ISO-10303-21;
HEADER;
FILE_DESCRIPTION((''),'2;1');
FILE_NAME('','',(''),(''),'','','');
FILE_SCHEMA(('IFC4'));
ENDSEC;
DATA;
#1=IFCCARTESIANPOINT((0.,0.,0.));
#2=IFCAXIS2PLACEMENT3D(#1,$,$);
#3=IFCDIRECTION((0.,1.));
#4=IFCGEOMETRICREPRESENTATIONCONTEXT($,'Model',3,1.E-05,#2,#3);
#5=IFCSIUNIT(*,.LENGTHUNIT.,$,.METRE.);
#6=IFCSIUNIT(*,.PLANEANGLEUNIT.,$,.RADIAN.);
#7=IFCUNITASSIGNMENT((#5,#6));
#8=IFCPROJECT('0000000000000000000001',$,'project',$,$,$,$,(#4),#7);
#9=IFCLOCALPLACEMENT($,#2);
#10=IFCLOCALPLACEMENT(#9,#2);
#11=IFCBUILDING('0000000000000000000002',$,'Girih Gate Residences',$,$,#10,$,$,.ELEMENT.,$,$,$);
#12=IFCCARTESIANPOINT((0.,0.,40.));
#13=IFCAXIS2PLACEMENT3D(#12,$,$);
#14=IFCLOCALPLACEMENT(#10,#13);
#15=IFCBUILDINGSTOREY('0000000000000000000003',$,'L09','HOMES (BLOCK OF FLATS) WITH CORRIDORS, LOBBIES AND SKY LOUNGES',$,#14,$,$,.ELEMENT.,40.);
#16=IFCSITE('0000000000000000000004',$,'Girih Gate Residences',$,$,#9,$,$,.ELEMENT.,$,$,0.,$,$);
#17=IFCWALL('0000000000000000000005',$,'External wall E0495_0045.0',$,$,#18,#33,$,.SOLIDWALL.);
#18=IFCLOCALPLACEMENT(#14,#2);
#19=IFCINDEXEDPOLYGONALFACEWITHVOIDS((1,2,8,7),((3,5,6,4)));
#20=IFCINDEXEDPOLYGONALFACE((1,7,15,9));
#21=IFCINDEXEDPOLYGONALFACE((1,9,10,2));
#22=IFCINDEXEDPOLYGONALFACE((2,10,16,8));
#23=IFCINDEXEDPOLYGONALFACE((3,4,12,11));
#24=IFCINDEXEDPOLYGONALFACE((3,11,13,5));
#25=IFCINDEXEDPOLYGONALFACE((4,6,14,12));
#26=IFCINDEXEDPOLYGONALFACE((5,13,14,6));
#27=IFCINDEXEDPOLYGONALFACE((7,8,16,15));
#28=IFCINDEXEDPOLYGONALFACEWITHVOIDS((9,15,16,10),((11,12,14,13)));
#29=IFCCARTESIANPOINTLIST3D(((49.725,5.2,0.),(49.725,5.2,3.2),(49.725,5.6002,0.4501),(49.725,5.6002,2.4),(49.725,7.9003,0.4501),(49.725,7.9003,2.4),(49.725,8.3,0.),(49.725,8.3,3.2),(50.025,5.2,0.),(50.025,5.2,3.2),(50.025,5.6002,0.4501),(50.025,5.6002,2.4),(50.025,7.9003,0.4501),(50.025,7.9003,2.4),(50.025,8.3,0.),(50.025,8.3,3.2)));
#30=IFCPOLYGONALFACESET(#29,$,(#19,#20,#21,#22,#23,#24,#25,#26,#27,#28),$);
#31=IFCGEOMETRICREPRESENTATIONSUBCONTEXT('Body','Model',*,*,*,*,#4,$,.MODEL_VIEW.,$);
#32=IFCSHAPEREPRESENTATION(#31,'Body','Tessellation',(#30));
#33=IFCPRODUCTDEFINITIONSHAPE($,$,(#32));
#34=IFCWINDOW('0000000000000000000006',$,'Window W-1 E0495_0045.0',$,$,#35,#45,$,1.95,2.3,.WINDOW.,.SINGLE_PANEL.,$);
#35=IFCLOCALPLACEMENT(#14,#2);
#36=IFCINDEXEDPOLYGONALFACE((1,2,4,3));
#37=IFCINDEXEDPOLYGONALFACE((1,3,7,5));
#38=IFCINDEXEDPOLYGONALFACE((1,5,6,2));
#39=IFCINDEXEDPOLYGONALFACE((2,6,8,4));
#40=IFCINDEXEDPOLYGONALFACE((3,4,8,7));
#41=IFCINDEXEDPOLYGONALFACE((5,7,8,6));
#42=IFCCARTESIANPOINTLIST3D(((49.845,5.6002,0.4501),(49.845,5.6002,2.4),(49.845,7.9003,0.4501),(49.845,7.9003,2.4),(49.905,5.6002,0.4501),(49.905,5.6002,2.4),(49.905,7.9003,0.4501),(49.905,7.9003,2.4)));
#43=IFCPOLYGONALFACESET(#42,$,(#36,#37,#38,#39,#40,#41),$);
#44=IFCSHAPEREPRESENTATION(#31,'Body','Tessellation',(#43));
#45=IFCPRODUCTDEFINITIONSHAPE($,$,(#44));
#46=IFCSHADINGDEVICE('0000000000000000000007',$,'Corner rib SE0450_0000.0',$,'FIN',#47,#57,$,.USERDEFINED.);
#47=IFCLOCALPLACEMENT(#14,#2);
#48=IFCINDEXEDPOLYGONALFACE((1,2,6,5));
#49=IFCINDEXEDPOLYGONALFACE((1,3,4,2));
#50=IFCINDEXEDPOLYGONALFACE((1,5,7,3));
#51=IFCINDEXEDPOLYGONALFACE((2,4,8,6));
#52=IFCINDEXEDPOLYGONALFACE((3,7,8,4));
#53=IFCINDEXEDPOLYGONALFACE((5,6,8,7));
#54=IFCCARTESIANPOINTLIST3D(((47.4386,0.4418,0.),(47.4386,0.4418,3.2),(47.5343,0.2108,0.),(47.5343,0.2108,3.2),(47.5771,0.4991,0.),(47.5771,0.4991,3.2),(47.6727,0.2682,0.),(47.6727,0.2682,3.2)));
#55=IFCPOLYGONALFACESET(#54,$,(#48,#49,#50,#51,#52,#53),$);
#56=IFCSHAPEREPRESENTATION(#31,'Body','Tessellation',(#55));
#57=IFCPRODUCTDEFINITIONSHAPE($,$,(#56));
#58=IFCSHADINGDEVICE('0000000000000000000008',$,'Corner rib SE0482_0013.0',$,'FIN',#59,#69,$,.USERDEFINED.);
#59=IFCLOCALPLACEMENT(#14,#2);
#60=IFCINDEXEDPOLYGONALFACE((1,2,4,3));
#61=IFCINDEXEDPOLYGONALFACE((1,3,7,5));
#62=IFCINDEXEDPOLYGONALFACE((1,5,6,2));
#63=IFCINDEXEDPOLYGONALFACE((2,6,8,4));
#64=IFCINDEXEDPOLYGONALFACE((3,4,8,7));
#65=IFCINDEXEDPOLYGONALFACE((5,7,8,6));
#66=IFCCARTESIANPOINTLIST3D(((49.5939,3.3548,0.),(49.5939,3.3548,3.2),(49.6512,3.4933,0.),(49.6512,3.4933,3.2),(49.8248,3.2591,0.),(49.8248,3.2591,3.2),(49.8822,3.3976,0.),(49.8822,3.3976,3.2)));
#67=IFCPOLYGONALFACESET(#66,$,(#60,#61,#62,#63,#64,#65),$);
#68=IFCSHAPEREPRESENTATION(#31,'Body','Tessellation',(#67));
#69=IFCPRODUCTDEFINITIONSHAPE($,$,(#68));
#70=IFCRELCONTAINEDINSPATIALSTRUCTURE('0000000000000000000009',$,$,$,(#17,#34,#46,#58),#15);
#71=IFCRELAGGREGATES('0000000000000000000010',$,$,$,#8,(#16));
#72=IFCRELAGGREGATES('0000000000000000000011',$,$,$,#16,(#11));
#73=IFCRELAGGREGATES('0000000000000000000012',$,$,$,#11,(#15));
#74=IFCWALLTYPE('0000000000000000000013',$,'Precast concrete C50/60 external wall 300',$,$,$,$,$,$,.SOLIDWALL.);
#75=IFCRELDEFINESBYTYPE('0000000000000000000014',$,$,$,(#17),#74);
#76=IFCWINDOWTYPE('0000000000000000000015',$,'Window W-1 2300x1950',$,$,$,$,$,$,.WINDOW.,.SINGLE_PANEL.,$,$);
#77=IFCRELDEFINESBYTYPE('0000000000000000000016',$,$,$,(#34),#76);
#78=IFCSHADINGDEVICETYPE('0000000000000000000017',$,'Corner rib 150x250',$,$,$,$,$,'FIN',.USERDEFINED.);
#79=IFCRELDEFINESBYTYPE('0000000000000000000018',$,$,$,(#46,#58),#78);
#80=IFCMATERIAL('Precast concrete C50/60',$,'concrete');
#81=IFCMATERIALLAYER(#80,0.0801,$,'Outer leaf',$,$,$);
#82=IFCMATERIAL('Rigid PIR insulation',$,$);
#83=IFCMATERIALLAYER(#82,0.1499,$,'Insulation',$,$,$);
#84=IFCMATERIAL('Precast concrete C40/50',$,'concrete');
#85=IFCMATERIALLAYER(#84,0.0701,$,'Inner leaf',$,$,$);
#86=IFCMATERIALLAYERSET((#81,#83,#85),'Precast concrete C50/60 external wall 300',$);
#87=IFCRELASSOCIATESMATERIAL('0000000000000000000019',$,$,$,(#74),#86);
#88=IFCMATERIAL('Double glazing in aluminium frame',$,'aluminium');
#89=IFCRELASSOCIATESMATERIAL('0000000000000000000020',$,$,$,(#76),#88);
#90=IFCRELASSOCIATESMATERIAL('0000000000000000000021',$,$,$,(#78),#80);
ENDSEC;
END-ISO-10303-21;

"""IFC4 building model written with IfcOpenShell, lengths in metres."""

from ifc_helpers import new_model, si_unit, direction, frame, frame_2d, origin, origin_2d, place, context, subcontext, project, spatial, rectangle, extrude, material, layer, layer_set, type_object, element, fill, save


model = new_model("IFC4")

# Units and contexts
model_context = context("Model", 3, precision=1e-05, world=origin(), true_north=direction((0.0, 1.0)))
body_context = subcontext(model_context, "Body", "Model", "MODEL_VIEW")
ifc_project = project(units=[si_unit("LENGTHUNIT", "METRE"), si_unit("PLANEANGLEUNIT", "RADIAN")], contexts=[model_context])

# Site, building, storey
site_placement = place(None, origin())
site = spatial("IfcSite", under=ifc_project, at=site_placement, Name="Girih Gate Residences", CompositionType="ELEMENT", RefElevation=0.0)
building_placement = place(site_placement, origin())
building = spatial("IfcBuilding", under=site, at=building_placement, Name="Girih Gate Residences", CompositionType="ELEMENT")
storey_placement = place(building_placement, frame((0.0, 0.0, 40.0)))
storey = spatial("IfcBuildingStorey", under=building, at=storey_placement, Name="L09", Description="HOMES (BLOCK OF FLATS) WITH CORRIDORS, LOBBIES AND SKY LOUNGES", CompositionType="ELEMENT", Elevation=40.0)

# Wall, opening, window
ifc_material_1 = material(Name="Precast concrete C50/60", Category="concrete")
ifc_layer_1 = layer(ifc_material_1, 0.0801, Name="Outer leaf")
ifc_material_2 = material(Name="Rigid PIR insulation")
ifc_layer_2 = layer(ifc_material_2, 0.1499, Name="Insulation")
ifc_material_3 = material(Name="Precast concrete C40/50", Category="concrete")
ifc_layer_3 = layer(ifc_material_3, 0.0701, Name="Inner leaf")
ifc_layer_set_1 = layer_set([ifc_layer_1, ifc_layer_2, ifc_layer_3], Name="Precast concrete C50/60 external wall 300")
wall_type_1 = type_object("IfcWallType", Name="Precast concrete C50/60 external wall 300", PredefinedType="SOLIDWALL", material=ifc_layer_set_1)
ifc_material_4 = material(Name="Double glazing in aluminium frame", Category="aluminium")
wall_1_placement = place(storey_placement, frame((49.875, 8.3, 0.0), z_axis=(0.0, 0.0, 1.0), x_axis=(0.0, -1.0, 0.0)))
wall_1 = element("IfcWall", 1, at=wall_1_placement, inside=storey, type_object=wall_type_1, Name="External wall E0495_0045.0", PredefinedType="SOLIDWALL", context=body_context, shape_type="SweptSolid", body=[
    extrude(rectangle(XDim=3.1001, YDim=0.3, at=frame_2d((1.55, 0.0))), origin(), (0.0, 0.0, 1.0), 3.2),
])
opening_1_placement = place(wall_1_placement, frame((0.3999, 0.0, 0.45)))
opening_1 = element("IfcOpeningElement", 2, at=opening_1_placement, cuts=wall_1, PredefinedType="OPENING", context=body_context, shape_type="SweptSolid", body=[
    extrude(rectangle(XDim=2.3, YDim=1.95, at=frame_2d((1.1499, 0.9751))), frame((0.0, 0.1599, 0.0), z_axis=(0.0, -1.0, 0.0), x_axis=(1.0, 0.0, 0.0)), (0.0, 0.0, 1.0), 0.3201),
])
window_type_1 = type_object("IfcWindowType", Name="Window W-1 2300x1950", PartitioningType="SINGLE_PANEL", PredefinedType="WINDOW", material=ifc_material_4)
window_1_placement = place(opening_1_placement, origin())
window_1 = element("IfcWindow", 3, at=window_1_placement, inside=storey, type_object=window_type_1, Name="Window W-1 E0495_0045.0", OverallHeight=1.95, OverallWidth=2.3, PartitioningType="SINGLE_PANEL", PredefinedType="WINDOW", context=body_context, shape_type="SweptSolid", body=[
    extrude(rectangle(XDim=2.3, YDim=1.95, at=frame_2d((1.1499, 0.9751))), frame((0.0, 0.03, 0.0), z_axis=(0.0, -1.0, 0.0), x_axis=(1.0, 0.0, 0.0)), (0.0, 0.0, 1.0), 0.0601),
])
fill(opening_1, window_1)

# Shading devices
shading_device_type = type_object("IfcShadingDeviceType", Name="Corner rib 150x250", ElementType="FIN", PredefinedType="USERDEFINED", material=ifc_material_1)
for number, where, z_axis, x_axis, name in (
    (4, (47.5557, 0.355, 0.0), (0.0, 0.0, 1.0), (0.92388, 0.382683, 0.0), "Corner rib SE0450_0000.0"),
    (5, (49.738, 3.3762, 0.0), (0.0, 0.0, 1.0), (0.382683, 0.92388, 0.0), "Corner rib SE0482_0013.0"),
):
    element("IfcShadingDevice", number, at=place(storey_placement, frame(where, z_axis=z_axis, x_axis=x_axis)), inside=storey, type_object=shading_device_type, Name=name, ObjectType="FIN", PredefinedType="USERDEFINED", context=body_context, shape_type="SweptSolid", body=[
        extrude(rectangle(XDim=0.1499, YDim=0.25, at=origin_2d()), origin(), (0.0, 0.0, 1.0), 3.2),
    ])

save(model, "model.ifc")
